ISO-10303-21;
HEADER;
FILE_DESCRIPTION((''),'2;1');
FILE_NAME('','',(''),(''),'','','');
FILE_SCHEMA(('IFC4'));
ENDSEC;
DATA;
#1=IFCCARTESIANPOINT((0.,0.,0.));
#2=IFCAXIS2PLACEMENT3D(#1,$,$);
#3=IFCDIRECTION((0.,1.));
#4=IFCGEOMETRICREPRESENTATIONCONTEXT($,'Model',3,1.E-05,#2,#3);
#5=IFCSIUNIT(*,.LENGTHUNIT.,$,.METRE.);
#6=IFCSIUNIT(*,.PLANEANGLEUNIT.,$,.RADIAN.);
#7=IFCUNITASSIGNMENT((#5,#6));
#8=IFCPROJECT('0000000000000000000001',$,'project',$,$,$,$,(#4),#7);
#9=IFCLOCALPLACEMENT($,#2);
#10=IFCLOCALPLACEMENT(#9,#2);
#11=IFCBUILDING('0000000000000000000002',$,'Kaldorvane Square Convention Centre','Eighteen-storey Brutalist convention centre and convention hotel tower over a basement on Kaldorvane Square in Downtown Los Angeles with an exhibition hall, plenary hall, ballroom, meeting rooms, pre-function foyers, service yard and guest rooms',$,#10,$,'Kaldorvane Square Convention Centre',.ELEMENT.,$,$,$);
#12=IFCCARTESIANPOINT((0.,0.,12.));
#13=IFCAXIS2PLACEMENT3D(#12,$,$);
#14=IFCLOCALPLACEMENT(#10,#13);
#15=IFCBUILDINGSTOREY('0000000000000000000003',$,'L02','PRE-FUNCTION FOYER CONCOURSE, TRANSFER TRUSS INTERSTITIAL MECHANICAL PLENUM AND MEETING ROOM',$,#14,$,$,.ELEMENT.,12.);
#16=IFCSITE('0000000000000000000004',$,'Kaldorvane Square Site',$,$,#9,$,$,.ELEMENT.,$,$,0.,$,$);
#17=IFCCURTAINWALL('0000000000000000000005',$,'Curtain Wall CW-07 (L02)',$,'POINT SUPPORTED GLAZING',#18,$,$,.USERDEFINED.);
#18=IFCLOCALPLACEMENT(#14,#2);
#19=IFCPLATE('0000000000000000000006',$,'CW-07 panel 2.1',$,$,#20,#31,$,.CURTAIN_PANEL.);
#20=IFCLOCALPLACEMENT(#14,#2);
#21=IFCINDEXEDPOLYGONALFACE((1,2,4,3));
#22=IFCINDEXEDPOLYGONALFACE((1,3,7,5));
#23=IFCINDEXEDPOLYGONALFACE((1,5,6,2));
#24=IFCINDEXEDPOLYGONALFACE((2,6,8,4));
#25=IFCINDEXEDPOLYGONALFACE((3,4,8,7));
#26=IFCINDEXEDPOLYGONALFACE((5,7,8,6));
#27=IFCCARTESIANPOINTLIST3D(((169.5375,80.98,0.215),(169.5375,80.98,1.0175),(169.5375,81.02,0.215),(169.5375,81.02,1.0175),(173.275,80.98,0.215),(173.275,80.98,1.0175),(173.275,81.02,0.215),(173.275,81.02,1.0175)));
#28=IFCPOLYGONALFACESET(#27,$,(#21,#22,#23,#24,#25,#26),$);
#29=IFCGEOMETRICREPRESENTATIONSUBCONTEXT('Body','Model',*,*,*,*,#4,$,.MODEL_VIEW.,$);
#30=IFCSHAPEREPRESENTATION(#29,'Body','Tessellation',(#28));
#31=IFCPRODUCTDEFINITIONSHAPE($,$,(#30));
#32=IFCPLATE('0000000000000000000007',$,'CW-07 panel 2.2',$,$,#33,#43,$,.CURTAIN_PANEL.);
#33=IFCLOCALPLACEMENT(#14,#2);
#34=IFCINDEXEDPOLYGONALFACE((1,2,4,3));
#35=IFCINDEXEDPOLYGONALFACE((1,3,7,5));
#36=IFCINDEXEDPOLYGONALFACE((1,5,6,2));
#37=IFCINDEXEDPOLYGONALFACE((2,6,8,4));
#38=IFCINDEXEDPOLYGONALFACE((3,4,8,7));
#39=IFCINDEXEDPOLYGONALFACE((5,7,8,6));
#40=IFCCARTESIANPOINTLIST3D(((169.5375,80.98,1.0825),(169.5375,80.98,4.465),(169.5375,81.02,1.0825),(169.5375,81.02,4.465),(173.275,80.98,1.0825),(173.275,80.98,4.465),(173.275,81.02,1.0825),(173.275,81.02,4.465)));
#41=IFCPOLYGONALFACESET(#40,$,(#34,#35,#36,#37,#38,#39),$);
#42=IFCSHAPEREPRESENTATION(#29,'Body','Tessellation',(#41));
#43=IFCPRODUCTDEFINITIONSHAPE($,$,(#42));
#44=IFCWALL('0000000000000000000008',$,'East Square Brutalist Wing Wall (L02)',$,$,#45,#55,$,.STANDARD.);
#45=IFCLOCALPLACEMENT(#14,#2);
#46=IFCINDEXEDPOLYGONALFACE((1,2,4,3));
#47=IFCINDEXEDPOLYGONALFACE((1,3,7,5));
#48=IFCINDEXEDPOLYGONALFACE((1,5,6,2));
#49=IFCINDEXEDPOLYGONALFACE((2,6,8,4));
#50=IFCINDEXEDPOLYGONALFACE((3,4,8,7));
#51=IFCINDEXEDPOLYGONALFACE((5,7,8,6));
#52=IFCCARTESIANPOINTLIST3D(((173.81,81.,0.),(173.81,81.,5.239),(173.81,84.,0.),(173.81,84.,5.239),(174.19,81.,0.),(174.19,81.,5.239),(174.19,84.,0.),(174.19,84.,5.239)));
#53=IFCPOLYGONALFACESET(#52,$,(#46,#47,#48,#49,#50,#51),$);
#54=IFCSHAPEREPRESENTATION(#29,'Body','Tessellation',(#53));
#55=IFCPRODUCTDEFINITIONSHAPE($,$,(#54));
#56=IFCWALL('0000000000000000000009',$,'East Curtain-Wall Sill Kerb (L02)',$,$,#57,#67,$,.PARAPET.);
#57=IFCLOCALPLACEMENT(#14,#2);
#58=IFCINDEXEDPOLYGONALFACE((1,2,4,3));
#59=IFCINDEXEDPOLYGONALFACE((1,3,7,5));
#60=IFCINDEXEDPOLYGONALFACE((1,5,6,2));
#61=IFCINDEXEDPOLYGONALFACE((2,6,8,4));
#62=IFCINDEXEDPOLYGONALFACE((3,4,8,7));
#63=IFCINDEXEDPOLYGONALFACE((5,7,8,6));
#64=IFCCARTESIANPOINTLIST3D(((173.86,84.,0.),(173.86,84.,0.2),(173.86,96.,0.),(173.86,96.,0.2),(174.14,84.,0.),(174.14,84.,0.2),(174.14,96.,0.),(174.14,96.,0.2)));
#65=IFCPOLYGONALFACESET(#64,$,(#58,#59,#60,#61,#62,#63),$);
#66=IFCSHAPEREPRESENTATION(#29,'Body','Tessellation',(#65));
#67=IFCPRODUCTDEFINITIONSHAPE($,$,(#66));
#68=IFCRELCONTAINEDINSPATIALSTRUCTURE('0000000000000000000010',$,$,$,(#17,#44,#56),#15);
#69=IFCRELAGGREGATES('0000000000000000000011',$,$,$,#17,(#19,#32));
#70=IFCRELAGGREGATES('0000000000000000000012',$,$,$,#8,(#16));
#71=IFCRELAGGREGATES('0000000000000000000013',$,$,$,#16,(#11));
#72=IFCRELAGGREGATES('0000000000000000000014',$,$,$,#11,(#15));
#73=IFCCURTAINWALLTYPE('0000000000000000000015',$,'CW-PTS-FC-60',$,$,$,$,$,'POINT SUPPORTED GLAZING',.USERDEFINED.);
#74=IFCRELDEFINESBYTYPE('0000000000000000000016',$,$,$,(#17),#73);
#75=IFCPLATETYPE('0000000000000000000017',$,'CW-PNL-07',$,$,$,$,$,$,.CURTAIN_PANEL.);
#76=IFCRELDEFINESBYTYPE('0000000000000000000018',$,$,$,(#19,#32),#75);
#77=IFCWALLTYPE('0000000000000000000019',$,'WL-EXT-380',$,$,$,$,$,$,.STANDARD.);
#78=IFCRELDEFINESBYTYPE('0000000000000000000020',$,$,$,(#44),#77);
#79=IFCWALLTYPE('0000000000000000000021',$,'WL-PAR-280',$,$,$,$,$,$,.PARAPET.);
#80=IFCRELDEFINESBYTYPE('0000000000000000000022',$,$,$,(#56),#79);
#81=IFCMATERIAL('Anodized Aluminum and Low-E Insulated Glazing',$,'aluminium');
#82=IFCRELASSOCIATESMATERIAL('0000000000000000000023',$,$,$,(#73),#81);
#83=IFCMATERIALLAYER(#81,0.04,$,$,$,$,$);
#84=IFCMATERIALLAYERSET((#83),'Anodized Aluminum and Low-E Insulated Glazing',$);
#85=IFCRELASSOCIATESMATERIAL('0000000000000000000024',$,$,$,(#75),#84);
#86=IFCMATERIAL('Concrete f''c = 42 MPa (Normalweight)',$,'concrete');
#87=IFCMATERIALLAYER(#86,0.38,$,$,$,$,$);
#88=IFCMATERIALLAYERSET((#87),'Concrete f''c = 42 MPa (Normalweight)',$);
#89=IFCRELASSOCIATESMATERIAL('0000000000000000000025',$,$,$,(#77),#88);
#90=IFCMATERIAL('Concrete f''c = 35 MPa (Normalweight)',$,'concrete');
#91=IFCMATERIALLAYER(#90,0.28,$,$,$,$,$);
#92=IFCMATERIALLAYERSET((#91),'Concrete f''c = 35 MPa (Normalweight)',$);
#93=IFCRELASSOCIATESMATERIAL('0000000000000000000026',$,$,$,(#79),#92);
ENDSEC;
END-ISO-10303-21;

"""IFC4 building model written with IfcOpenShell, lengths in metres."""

from ifc_helpers import new_model, si_unit, direction, frame, frame_2d, origin, origin_2d, place, context, subcontext, project, spatial, rectangle, extrude, material, layer, layer_set, type_object, element, aggregate, save


model = new_model("IFC4")

# Units and contexts
model_context = context("Model", 3, precision=1e-05, world=origin(), true_north=direction((0.0, 1.0)))
body_context = subcontext(model_context, "Body", "Model", "MODEL_VIEW")
ifc_project = project(units=[si_unit("LENGTHUNIT", "METRE"), si_unit("PLANEANGLEUNIT", "RADIAN")], contexts=[model_context])

# Site, building, storey
site_placement = place(None, origin())
site = spatial("IfcSite", under=ifc_project, at=site_placement, Name="Kaldorvane Square Site", CompositionType="ELEMENT", RefElevation=0.0)
building_placement = place(site_placement, origin())
building = spatial("IfcBuilding", under=site, at=building_placement, Name="Kaldorvane Square Convention Centre", Description="Eighteen-storey Brutalist convention centre and convention hotel tower over a basement on Kaldorvane Square in Downtown Los Angeles with an exhibition hall, plenary hall, ballroom, meeting rooms, pre-function foyers, service yard and guest rooms", LongName="Kaldorvane Square Convention Centre", CompositionType="ELEMENT")
storey_placement = place(building_placement, frame((0.0, 0.0, 12.0)))
storey = spatial("IfcBuildingStorey", under=building, at=storey_placement, Name="L02", Description="PRE-FUNCTION FOYER CONCOURSE, TRANSFER TRUSS INTERSTITIAL MECHANICAL PLENUM AND MEETING ROOM", CompositionType="ELEMENT", Elevation=12.0)

# Shared definitions
ifc_material_1 = material(Name="Anodized Aluminum and Low-E Insulated Glazing", Category="aluminium")

# Curtain wall
curtain_wall_type_1 = type_object("IfcCurtainWallType", Name="CW-PTS-FC-60", ElementType="POINT SUPPORTED GLAZING", PredefinedType="USERDEFINED", material=ifc_material_1)
curtain_wall_1_placement = place(storey_placement, origin())
curtain_wall_1 = element("IfcCurtainWall", 1, at=curtain_wall_1_placement, inside=storey, type_object=curtain_wall_type_1, Name="Curtain Wall CW-07 (L02)", ObjectType="POINT SUPPORTED GLAZING", PredefinedType="USERDEFINED")

# Plates
ifc_layer_1 = layer(ifc_material_1, 0.04)
ifc_layer_set_1 = layer_set([ifc_layer_1], Name="Anodized Aluminum and Low-E Insulated Glazing")
plate_type_1 = type_object("IfcPlateType", Name="CW-PNL-07", PredefinedType="CURTAIN_PANEL", material=ifc_layer_set_1)
plate_1_placement = place(storey_placement, frame((171.4062, 81.0, 0.215), z_axis=(0.0, 0.0, 1.0), x_axis=(1.0, 0.0, 0.0)))
plate_1 = element("IfcPlate", 2, at=plate_1_placement, type_object=plate_type_1, Name="CW-07 panel 2.1", PredefinedType="CURTAIN_PANEL", context=body_context, shape_type="SweptSolid", body=[
    extrude(rectangle(XDim=3.7375, YDim=0.04, at=origin_2d()), origin(), (0.0, 0.0, 1.0), 0.8025),
])
plate_2_placement = place(storey_placement, frame((171.4062, 81.0, 1.0825), z_axis=(0.0, 0.0, 1.0), x_axis=(1.0, 0.0, 0.0)))
plate_2 = element("IfcPlate", 3, at=plate_2_placement, type_object=plate_type_1, Name="CW-07 panel 2.2", PredefinedType="CURTAIN_PANEL", context=body_context, shape_type="SweptSolid", body=[
    extrude(rectangle(XDim=3.7375, YDim=0.04, at=origin_2d()), origin(), (0.0, 0.0, 1.0), 3.3825),
])
aggregate(curtain_wall_1, [plate_1, plate_2])

# Walls
ifc_material_2 = material(Name="Concrete f'c = 42 MPa (Normalweight)", Category="concrete")
ifc_layer_2 = layer(ifc_material_2, 0.38)
ifc_layer_set_2 = layer_set([ifc_layer_2], Name="Concrete f'c = 42 MPa (Normalweight)")
wall_type_1 = type_object("IfcWallType", Name="WL-EXT-380", PredefinedType="STANDARD", material=ifc_layer_set_2)
wall_1_placement = place(storey_placement, frame((174.0, 81.0, 0.0), z_axis=(0.0, 0.0, 1.0), x_axis=(0.0, 1.0, 0.0)))
element("IfcWall", 4, at=wall_1_placement, inside=storey, type_object=wall_type_1, Name="East Square Brutalist Wing Wall (L02)", PredefinedType="STANDARD", context=body_context, shape_type="SweptSolid", body=[
    extrude(rectangle(XDim=3.0, YDim=0.38, at=frame_2d((1.5, 0.0))), origin(), (0.0, 0.0, 1.0), 5.239),
])
ifc_material_3 = material(Name="Concrete f'c = 35 MPa (Normalweight)", Category="concrete")
ifc_layer_3 = layer(ifc_material_3, 0.28)
ifc_layer_set_3 = layer_set([ifc_layer_3], Name="Concrete f'c = 35 MPa (Normalweight)")
wall_type_2 = type_object("IfcWallType", Name="WL-PAR-280", PredefinedType="PARAPET", material=ifc_layer_set_3)
wall_2_placement = place(storey_placement, frame((174.0, 84.0, 0.0), z_axis=(0.0, 0.0, 1.0), x_axis=(0.0, 1.0, 0.0)))
element("IfcWall", 5, at=wall_2_placement, inside=storey, type_object=wall_type_2, Name="East Curtain-Wall Sill Kerb (L02)", PredefinedType="PARAPET", context=body_context, shape_type="SweptSolid", body=[
    extrude(rectangle(XDim=12.0, YDim=0.28, at=frame_2d((6.0, 0.0))), origin(), (0.0, 0.0, 1.0), 0.2),
])

save(model, "model.ifc")
